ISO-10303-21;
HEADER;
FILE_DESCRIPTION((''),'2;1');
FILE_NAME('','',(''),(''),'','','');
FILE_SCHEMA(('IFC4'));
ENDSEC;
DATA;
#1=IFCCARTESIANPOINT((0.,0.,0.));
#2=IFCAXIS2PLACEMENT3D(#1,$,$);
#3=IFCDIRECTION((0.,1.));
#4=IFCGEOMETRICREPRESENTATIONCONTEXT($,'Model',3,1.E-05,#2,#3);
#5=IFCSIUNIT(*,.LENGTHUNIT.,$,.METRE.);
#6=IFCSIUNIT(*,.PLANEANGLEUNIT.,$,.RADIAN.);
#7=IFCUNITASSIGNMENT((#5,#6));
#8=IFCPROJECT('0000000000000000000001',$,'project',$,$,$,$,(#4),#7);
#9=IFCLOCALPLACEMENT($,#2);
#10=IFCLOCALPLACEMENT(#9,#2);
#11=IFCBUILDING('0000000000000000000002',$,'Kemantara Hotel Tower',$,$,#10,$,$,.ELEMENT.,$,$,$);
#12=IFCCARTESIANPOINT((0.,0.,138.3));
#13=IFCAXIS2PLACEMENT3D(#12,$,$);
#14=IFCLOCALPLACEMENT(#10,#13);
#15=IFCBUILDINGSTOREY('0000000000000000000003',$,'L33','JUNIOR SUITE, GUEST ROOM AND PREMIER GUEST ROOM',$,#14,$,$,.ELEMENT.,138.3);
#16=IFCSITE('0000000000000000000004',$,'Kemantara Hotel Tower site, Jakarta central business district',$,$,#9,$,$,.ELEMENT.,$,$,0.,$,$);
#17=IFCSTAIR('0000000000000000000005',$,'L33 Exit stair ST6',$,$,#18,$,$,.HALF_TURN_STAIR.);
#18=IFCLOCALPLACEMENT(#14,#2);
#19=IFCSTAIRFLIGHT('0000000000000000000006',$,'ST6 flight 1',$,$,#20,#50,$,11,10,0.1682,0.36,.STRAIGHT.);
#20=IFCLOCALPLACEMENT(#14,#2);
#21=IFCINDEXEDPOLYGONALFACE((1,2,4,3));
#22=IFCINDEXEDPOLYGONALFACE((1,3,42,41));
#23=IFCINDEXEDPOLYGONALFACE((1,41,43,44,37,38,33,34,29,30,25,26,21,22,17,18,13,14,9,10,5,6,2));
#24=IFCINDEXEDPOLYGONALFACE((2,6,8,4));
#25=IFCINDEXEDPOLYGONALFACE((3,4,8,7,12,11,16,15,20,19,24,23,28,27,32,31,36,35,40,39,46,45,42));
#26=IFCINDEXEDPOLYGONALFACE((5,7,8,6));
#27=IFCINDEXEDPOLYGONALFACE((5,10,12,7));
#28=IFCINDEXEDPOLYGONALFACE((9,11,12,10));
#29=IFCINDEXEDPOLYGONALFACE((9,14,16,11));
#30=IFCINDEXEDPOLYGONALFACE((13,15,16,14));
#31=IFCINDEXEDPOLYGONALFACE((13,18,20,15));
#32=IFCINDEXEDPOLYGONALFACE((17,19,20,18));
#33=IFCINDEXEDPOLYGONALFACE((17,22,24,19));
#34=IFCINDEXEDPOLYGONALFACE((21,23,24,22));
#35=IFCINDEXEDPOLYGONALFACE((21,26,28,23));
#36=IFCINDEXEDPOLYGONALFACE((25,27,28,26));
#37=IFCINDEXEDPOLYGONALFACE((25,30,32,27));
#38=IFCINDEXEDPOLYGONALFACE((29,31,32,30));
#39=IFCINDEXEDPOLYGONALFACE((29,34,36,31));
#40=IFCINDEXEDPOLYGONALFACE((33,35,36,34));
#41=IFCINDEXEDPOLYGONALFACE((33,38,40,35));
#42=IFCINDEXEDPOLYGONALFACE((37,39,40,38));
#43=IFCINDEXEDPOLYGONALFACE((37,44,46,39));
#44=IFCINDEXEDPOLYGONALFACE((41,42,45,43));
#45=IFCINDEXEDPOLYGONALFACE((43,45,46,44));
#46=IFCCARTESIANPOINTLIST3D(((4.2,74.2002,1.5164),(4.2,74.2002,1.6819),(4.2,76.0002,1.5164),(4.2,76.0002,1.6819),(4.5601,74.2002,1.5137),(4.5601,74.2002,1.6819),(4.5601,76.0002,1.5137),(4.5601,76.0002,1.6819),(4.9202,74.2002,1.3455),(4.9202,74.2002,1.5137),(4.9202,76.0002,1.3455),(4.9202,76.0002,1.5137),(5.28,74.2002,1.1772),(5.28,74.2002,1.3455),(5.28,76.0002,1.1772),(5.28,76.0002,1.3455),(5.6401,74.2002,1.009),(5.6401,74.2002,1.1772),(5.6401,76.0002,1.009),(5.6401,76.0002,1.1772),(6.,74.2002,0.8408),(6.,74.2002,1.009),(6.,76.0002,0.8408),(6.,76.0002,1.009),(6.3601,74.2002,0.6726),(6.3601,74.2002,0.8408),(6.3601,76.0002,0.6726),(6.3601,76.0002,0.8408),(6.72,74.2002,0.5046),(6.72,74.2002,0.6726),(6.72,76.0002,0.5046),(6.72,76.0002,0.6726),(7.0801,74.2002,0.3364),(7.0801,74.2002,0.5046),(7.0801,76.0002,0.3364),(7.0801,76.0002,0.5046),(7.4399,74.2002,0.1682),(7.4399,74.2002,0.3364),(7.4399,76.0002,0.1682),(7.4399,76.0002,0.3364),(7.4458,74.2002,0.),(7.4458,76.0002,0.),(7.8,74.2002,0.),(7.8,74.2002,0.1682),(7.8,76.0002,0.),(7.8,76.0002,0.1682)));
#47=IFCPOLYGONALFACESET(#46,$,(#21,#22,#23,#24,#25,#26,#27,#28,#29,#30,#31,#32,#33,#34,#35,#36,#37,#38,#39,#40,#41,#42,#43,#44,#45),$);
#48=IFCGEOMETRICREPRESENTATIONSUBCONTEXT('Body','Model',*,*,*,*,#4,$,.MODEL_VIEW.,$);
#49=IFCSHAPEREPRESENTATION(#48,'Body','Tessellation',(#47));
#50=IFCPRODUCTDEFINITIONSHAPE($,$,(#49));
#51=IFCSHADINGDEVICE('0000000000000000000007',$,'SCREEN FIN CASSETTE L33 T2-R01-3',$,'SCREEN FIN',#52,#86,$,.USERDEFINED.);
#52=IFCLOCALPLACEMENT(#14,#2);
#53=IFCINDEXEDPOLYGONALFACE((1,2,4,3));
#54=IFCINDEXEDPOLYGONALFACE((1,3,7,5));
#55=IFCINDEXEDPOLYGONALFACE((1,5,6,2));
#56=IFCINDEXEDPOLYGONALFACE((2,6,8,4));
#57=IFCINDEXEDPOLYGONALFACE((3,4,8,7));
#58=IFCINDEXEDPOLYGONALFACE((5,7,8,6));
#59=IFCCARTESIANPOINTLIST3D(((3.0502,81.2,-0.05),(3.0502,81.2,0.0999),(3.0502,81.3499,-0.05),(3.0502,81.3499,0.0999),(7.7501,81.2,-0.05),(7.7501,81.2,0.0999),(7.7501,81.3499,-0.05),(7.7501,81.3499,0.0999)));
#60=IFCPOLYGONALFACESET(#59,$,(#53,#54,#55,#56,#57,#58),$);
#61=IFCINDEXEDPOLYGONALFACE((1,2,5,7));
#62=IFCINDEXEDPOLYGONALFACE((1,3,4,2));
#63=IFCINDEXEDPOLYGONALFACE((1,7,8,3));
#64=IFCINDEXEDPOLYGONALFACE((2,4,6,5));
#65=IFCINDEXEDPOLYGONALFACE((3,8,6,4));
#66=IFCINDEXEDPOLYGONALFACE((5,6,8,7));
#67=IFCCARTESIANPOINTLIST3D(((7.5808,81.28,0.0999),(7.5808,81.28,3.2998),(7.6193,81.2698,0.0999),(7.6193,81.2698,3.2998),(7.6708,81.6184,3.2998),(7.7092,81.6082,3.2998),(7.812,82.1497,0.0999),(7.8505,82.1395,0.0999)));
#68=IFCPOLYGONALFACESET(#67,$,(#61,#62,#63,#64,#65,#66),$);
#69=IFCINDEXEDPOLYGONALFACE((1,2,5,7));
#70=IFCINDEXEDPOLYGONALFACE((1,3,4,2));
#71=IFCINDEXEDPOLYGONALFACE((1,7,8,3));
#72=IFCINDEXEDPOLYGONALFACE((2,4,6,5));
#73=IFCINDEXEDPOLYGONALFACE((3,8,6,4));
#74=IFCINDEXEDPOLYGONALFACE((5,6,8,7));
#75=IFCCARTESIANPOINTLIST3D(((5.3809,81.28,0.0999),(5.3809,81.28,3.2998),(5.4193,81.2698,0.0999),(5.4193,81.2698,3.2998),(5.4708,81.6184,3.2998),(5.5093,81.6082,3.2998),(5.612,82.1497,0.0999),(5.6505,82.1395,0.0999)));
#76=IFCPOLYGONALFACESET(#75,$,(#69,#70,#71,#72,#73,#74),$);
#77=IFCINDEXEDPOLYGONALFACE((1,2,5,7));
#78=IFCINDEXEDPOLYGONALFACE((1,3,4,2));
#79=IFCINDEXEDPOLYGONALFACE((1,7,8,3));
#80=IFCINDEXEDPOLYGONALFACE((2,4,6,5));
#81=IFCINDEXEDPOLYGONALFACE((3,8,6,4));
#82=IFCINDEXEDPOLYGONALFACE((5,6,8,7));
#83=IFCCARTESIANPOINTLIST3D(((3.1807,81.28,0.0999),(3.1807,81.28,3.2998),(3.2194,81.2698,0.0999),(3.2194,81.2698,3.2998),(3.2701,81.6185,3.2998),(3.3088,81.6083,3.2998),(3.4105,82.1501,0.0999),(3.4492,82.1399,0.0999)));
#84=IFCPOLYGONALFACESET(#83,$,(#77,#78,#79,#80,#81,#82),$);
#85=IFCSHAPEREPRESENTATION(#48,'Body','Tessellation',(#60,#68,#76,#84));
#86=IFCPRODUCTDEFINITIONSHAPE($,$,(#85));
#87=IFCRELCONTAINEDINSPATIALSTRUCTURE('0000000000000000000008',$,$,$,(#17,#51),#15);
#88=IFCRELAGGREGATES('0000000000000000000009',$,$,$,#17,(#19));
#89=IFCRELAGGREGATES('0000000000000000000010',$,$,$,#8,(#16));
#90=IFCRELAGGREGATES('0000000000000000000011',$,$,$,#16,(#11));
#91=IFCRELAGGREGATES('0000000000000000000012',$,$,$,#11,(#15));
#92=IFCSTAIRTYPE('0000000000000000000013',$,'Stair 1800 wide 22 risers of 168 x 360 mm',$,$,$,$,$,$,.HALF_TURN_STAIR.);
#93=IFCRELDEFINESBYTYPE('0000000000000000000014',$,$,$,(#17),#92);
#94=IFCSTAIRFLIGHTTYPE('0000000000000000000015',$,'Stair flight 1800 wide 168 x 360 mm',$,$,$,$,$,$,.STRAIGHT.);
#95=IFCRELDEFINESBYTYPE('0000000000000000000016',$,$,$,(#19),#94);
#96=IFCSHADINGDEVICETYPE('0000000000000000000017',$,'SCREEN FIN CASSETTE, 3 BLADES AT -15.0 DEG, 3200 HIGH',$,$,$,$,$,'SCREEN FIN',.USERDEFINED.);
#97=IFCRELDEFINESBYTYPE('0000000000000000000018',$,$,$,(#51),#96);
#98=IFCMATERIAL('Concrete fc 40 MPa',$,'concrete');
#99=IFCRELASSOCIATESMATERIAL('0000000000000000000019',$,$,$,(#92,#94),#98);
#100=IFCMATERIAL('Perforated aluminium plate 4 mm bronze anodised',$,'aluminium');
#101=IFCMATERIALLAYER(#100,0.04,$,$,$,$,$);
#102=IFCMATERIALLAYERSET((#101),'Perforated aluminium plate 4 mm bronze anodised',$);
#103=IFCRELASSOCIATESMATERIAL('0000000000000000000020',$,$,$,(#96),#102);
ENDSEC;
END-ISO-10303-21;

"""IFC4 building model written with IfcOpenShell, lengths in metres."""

from ifc_helpers import new_model, si_unit, direction, frame, origin, origin_2d, place, context, subcontext, project, spatial, polyline, rectangle, outline, extrude, source, transform, mapped, material, layer, layer_set, type_object, element, aggregate, save


model = new_model("IFC4")

# Units and contexts
model_context = context("Model", 3, precision=1e-05, world=origin(), true_north=direction((0.0, 1.0)))
body_context = subcontext(model_context, "Body", "Model", "MODEL_VIEW")
ifc_project = project(units=[si_unit("LENGTHUNIT", "METRE"), si_unit("PLANEANGLEUNIT", "RADIAN")], contexts=[model_context])

# Site, building, storey
site_placement = place(None, origin())
site = spatial("IfcSite", under=ifc_project, at=site_placement, Name="Kemantara Hotel Tower site, Jakarta central business district", CompositionType="ELEMENT", RefElevation=0.0)
building_placement = place(site_placement, origin())
building = spatial("IfcBuilding", under=site, at=building_placement, Name="Kemantara Hotel Tower", CompositionType="ELEMENT")
storey_placement = place(building_placement, frame((0.0, 0.0, 138.3)))
storey = spatial("IfcBuildingStorey", under=building, at=storey_placement, Name="L33", Description="JUNIOR SUITE, GUEST ROOM AND PREMIER GUEST ROOM", CompositionType="ELEMENT", Elevation=138.3)

# Stair, stair flight
ifc_material_1 = material(Name="Concrete fc 40 MPa", Category="concrete")
stair_type = type_object("IfcStairType", Name="Stair 1800 wide 22 risers of 168 x 360 mm", PredefinedType="HALF_TURN_STAIR", material=ifc_material_1)
stair_placement = place(storey_placement, origin())
stair = element("IfcStair", 1, at=stair_placement, inside=storey, type_object=stair_type, Name="L33 Exit stair ST6", PredefinedType="HALF_TURN_STAIR")
stair_flight_type = type_object("IfcStairFlightType", Name="Stair flight 1800 wide 168 x 360 mm", PredefinedType="STRAIGHT", material=ifc_material_1)
stair_flight_placement = place(storey_placement, frame((7.8, 75.1001, 0.0), z_axis=(0.0, 0.0, 1.0), x_axis=(-1.0, 0.0, 0.0)))
stair_flight = element("IfcStairFlight", 2, at=stair_flight_placement, type_object=stair_flight_type, Name="ST6 flight 1", NumberOfRisers=11, NumberOfTreads=10, PredefinedType="STRAIGHT", RiserHeight=0.1682, TreadLength=0.36, context=body_context, shape_type="SweptSolid", body=[
    extrude(outline(polyline([(0.0, 0.0), (0.0, 0.1682), (0.3601, 0.1682), (0.3601, 0.3364), (0.72, 0.3364), (0.72, 0.5046), (1.0801, 0.5046), (1.0801, 0.6726), (1.4399, 0.6726), (1.4399, 0.8408), (1.8, 0.8408), (1.8, 1.009), (2.1599, 1.009), (2.1599, 1.1772), (2.52, 1.1772), (2.52, 1.3455), (2.8799, 1.3455), (2.8799, 1.5137), (3.24, 1.5137), (3.24, 1.6819), (3.6001, 1.6819), (3.6001, 1.8501), (3.6001, 1.5164), (0.3542, 0.0), (0.0, 0.0)])), frame((0.0, 0.8999, 0.0), z_axis=(0.0, -1.0, 0.0), x_axis=(1.0, 0.0, 0.0)), (0.0, 0.0, 1.0), 1.8),
])
aggregate(stair, [stair_flight])

# Shading device
ifc_material_2 = material(Name="Perforated aluminium plate 4 mm bronze anodised", Category="aluminium")
ifc_layer_1 = layer(ifc_material_2, 0.04)
ifc_layer_set_1 = layer_set([ifc_layer_1], Name="Perforated aluminium plate 4 mm bronze anodised")
shading_device_type = type_object("IfcShadingDeviceType", Name="SCREEN FIN CASSETTE, 3 BLADES AT -15.0 DEG, 3200 HIGH", ElementType="SCREEN FIN", PredefinedType="USERDEFINED", material=ifc_layer_set_1)
shared_shape_1 = source(origin(), body_context, "Body", "SweptSolid", [
    extrude(rectangle(XDim=4.7, YDim=0.1499, at=origin_2d()), frame((2.2, -0.075, -0.1499), z_axis=(0.0, 0.0, 1.0), x_axis=(1.0, 0.0, 0.0)), (0.0, 0.0, 1.0), 0.1499),
    extrude(outline(polyline([(0.0, 0.0), (0.8999, 0.0), (0.3501, 3.2), (0.0, 3.2), (0.0, 0.0)])), frame((0.0193, -0.0801, 0.0), z_axis=(-0.966438, 0.256901, 0.0), x_axis=(-0.256901, -0.966438, 0.0)), (0.0, 0.0, 1.0), 0.0398),
    extrude(outline(polyline([(0.0, 0.0), (0.8999, 0.0), (0.3501, 3.2), (0.0, 3.2), (0.0, 0.0)])), frame((2.2192, -0.0801, 0.0), z_axis=(-0.966438, 0.256901, 0.0), x_axis=(-0.256901, -0.966438, 0.0)), (0.0, 0.0, 1.0), 0.0398),
    extrude(outline(polyline([(0.0, 0.0), (0.8999, 0.0), (0.3501, 3.2), (0.0, 3.2), (0.0, 0.0)])), frame((4.4194, -0.0801, 0.0), z_axis=(-0.966838, 0.255391, 0.0), x_axis=(-0.255391, -0.966838, 0.0)), (0.0, 0.0, 1.0), 0.04),
])
shading_device_placement = place(storey_placement, frame((7.6001, 81.2, 0.0999), z_axis=(0.0, 0.0, 1.0), x_axis=(-1.0, 0.0, 0.0)))
element("IfcShadingDevice", 3, at=shading_device_placement, inside=storey, type_object=shading_device_type, Name="SCREEN FIN CASSETTE L33 T2-R01-3", ObjectType="SCREEN FIN", PredefinedType="USERDEFINED", context=body_context, shape_type="MappedRepresentation", body=[
    mapped(shared_shape_1, transform((0.0, 0.0, 0.0))),
])

save(model, "model.ifc")
